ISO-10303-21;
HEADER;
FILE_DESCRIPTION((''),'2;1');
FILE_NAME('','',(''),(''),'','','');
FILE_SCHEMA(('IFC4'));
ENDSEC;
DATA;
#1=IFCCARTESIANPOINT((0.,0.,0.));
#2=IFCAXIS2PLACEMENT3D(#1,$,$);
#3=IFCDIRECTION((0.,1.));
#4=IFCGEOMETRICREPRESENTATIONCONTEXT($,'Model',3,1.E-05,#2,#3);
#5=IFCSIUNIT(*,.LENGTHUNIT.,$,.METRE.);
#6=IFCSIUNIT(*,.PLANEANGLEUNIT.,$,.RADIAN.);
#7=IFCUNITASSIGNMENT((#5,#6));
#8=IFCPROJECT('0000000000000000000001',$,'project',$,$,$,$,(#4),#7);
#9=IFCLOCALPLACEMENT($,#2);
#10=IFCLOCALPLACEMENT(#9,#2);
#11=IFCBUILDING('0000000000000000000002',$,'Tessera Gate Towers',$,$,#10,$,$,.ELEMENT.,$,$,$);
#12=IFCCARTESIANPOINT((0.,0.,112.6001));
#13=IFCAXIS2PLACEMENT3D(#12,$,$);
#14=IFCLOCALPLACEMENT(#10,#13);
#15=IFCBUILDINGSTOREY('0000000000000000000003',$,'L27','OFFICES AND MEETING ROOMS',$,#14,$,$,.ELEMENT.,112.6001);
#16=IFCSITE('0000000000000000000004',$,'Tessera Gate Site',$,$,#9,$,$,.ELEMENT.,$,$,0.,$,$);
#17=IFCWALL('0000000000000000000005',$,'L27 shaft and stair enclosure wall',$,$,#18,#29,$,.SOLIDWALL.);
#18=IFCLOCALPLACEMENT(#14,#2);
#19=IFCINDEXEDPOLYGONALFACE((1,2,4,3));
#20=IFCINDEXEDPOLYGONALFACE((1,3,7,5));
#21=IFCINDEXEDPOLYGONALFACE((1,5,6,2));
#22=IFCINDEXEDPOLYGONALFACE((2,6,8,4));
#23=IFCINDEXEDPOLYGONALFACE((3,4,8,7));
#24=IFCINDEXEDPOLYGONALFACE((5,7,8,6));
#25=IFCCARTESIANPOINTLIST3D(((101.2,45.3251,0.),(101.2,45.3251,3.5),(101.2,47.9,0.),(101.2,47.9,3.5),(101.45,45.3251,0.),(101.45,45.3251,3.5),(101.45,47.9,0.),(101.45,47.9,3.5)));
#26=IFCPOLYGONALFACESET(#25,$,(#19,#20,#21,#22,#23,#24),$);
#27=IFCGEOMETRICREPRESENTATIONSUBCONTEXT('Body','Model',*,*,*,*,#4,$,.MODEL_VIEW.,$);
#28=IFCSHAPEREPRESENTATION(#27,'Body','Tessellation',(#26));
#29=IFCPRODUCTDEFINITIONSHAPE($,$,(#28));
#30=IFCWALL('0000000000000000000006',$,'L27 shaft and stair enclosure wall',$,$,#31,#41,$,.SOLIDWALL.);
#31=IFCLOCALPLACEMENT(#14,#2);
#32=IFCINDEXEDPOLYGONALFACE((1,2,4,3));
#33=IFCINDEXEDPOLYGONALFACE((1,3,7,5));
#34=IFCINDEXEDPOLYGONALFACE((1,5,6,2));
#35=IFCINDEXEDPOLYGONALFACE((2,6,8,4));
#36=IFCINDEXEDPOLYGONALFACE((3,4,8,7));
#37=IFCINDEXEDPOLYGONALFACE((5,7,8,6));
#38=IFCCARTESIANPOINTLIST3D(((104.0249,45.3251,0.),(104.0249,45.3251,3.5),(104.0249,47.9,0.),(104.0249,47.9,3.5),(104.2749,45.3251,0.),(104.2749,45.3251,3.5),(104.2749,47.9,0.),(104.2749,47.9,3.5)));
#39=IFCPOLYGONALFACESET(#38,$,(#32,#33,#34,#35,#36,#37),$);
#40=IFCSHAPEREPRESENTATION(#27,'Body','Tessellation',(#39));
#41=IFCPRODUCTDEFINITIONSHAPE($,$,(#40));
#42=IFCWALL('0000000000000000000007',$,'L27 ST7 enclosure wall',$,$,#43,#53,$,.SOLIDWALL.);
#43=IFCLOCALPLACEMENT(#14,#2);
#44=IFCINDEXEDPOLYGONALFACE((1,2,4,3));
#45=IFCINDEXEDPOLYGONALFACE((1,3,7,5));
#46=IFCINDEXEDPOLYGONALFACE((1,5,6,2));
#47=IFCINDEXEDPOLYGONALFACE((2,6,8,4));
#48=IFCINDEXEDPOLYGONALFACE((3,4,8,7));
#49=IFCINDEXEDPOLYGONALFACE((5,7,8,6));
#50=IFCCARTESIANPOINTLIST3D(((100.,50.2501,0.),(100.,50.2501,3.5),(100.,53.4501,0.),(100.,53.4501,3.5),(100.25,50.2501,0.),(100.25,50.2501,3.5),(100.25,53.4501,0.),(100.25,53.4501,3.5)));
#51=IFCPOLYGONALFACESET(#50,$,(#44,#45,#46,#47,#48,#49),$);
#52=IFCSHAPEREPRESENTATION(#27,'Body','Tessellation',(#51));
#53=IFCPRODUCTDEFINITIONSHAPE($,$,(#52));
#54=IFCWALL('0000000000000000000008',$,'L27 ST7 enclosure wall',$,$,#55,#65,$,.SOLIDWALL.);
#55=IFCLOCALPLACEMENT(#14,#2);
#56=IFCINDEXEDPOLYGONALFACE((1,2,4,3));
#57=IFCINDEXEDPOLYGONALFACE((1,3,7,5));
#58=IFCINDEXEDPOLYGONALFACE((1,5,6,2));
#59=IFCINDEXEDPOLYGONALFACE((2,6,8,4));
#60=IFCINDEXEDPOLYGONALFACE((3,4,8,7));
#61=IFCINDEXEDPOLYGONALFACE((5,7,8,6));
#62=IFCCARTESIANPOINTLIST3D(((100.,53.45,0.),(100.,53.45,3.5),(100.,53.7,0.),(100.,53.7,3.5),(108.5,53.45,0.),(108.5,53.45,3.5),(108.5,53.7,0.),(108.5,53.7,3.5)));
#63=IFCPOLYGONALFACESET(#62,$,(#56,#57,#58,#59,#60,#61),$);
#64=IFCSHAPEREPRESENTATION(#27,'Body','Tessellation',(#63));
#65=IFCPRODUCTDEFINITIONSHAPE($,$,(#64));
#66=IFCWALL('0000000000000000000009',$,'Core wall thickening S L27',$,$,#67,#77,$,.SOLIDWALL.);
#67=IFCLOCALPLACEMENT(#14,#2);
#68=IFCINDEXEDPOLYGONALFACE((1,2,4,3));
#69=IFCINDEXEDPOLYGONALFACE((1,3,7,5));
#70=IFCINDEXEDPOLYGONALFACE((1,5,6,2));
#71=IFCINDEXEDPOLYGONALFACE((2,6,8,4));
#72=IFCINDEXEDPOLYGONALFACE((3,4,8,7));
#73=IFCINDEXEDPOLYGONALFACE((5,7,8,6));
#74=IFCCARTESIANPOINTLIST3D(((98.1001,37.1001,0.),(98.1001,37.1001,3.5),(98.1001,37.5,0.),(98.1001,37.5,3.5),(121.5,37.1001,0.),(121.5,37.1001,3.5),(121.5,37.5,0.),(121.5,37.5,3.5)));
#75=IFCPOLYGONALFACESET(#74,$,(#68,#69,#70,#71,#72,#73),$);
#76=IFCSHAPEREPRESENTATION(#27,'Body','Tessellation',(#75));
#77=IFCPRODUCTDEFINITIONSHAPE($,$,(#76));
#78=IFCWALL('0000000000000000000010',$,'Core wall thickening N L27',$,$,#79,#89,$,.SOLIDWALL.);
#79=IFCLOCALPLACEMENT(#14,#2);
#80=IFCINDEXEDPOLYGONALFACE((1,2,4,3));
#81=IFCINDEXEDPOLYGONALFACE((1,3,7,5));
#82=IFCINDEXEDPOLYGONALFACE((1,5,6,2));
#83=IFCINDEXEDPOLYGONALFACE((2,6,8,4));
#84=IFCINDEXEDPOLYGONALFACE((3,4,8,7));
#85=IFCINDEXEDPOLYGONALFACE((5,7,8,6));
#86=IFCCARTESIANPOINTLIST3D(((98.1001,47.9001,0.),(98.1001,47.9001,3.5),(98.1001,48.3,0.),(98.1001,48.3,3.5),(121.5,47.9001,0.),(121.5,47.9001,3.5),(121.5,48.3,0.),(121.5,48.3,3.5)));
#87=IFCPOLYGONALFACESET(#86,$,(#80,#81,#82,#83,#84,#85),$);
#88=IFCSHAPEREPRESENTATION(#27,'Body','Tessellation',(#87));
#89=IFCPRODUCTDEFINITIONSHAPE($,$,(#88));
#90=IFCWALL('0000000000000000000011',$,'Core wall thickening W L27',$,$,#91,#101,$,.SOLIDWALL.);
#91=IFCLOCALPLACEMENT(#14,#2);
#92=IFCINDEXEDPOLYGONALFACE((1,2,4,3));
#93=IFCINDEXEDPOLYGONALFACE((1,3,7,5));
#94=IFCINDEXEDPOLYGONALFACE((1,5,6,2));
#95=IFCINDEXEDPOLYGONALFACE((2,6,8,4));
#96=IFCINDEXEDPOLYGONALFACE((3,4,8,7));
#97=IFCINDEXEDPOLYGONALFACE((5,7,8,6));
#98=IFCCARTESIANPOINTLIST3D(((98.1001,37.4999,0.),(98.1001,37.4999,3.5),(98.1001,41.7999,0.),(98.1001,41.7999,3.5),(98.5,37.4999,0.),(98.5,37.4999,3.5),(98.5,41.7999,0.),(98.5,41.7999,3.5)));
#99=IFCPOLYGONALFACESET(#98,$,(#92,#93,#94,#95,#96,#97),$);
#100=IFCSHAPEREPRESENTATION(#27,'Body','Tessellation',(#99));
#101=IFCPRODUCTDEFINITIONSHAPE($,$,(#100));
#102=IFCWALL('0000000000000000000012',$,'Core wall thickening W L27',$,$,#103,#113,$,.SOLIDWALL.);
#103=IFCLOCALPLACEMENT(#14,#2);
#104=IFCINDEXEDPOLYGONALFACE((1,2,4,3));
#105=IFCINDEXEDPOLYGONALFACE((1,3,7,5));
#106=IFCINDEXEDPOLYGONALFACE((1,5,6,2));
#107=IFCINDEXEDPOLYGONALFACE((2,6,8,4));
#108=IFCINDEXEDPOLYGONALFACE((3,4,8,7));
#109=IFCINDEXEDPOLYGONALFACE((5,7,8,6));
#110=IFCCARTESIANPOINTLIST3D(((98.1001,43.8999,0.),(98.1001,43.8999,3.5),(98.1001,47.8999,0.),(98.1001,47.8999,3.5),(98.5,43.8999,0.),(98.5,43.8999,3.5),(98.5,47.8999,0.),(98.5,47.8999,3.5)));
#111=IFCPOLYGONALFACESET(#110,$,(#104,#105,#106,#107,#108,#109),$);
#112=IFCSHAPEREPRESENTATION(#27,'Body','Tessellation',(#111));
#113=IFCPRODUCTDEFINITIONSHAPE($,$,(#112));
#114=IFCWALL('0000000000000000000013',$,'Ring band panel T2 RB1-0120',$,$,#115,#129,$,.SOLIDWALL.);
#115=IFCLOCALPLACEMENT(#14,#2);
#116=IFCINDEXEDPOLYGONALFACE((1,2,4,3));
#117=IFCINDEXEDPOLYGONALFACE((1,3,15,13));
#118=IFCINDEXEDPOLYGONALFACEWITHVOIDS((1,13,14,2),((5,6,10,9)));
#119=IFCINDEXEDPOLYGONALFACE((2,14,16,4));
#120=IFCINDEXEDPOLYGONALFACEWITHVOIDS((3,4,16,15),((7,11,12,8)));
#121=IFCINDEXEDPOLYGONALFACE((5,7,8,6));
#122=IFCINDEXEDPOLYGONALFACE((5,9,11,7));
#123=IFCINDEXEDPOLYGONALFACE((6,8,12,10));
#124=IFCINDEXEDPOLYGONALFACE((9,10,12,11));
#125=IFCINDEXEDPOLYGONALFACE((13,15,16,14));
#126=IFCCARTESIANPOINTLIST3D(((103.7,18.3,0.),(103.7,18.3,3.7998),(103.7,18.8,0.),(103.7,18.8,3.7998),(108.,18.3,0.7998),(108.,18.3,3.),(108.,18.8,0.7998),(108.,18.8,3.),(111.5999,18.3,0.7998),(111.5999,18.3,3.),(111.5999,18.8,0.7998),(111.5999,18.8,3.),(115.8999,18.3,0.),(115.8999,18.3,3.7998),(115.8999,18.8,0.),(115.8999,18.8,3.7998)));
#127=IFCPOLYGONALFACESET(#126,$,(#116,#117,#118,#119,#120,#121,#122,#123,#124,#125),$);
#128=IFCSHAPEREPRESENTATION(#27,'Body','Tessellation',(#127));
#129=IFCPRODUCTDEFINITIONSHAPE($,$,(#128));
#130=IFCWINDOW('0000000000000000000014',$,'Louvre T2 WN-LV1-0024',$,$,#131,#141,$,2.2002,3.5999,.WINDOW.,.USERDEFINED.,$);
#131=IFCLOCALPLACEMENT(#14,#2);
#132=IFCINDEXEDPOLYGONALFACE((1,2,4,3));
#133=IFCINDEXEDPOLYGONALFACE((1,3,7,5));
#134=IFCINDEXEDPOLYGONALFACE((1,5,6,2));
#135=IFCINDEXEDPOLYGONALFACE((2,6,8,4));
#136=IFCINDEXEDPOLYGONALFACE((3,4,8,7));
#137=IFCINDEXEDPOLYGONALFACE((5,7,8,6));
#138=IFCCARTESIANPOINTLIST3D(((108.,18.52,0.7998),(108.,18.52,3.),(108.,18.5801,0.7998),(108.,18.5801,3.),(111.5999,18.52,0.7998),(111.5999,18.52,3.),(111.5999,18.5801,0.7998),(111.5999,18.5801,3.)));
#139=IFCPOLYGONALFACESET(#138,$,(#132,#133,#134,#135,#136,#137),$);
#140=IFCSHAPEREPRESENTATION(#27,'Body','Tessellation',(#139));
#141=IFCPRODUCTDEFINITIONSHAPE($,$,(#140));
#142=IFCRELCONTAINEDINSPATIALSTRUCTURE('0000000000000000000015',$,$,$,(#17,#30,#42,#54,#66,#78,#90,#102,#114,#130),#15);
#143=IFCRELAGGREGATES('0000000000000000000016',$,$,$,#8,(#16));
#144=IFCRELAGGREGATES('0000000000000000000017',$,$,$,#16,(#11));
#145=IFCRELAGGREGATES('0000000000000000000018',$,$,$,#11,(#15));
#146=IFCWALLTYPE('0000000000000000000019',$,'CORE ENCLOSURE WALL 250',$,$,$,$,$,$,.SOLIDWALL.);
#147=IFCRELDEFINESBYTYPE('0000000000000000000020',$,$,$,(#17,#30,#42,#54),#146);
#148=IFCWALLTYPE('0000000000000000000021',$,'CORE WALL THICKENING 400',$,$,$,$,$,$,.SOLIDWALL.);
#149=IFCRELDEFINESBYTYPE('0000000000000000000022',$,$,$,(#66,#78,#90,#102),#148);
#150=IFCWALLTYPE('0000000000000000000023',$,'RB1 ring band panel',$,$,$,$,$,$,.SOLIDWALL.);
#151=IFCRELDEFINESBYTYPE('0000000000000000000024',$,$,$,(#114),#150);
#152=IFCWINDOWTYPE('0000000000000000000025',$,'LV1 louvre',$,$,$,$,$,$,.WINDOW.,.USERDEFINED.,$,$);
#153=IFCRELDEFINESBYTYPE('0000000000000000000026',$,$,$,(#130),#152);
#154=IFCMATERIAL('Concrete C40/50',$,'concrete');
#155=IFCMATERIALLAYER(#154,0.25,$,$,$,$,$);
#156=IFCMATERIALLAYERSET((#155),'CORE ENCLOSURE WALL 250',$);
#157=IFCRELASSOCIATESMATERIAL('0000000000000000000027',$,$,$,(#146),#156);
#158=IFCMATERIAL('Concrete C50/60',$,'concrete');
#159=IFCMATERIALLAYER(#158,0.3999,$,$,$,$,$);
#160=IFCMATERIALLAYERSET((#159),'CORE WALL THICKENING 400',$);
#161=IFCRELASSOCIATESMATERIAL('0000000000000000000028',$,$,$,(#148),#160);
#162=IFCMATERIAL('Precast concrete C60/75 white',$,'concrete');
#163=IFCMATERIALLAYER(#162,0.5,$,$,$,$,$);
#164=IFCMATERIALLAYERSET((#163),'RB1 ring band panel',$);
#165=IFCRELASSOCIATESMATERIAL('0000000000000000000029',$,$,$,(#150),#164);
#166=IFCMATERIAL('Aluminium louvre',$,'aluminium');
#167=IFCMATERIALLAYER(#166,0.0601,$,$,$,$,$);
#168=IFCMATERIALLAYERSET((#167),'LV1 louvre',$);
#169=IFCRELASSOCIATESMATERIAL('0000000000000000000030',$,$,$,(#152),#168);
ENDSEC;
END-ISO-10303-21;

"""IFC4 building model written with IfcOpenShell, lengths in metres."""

from ifc_helpers import new_model, si_unit, direction, frame, frame_2d, origin, place, context, subcontext, project, spatial, polyline, rectangle, outline, extrude, source, transform, mapped, material, layer, layer_set, type_object, element, fill, save


model = new_model("IFC4")

# Units and contexts
model_context = context("Model", 3, precision=1e-05, world=origin(), true_north=direction((0.0, 1.0)))
body_context = subcontext(model_context, "Body", "Model", "MODEL_VIEW")
ifc_project = project(units=[si_unit("LENGTHUNIT", "METRE"), si_unit("PLANEANGLEUNIT", "RADIAN")], contexts=[model_context])

# Site, building, storey
site_placement = place(None, origin())
site = spatial("IfcSite", under=ifc_project, at=site_placement, Name="Tessera Gate Site", CompositionType="ELEMENT", RefElevation=0.0)
building_placement = place(site_placement, origin())
building = spatial("IfcBuilding", under=site, at=building_placement, Name="Tessera Gate Towers", CompositionType="ELEMENT")
storey_placement = place(building_placement, frame((0.0, 0.0, 112.6001)))
storey = spatial("IfcBuildingStorey", under=building, at=storey_placement, Name="L27", Description="OFFICES AND MEETING ROOMS", CompositionType="ELEMENT", Elevation=112.6001)

# Shared definitions
ifc_material_1 = material(Name="Concrete C40/50", Category="concrete")
ifc_layer_1 = layer(ifc_material_1, 0.25)
ifc_layer_set_1 = layer_set([ifc_layer_1], Name="CORE ENCLOSURE WALL 250")
wall_type_1 = type_object("IfcWallType", Name="CORE ENCLOSURE WALL 250", PredefinedType="SOLIDWALL", material=ifc_layer_set_1)

# Walls
for number, where, z_axis, x_axis, name in (
    (1, (101.325, 45.325, 0.0), (0.0, 0.0, 1.0), (0.0, 1.0, 0.0), "L27 shaft and stair enclosure wall"),
    (2, (104.1499, 45.325, 0.0), (0.0, 0.0, 1.0), (0.0, 1.0, 0.0), "L27 shaft and stair enclosure wall"),
):
    element("IfcWall", number, at=place(storey_placement, frame(where, z_axis=z_axis, x_axis=x_axis)), inside=storey, type_object=wall_type_1, Name=name, PredefinedType="SOLIDWALL", context=body_context, shape_type="SweptSolid", body=[
        extrude(rectangle(XDim=2.575, YDim=0.25, at=frame_2d((1.2876, 0.0))), origin(), (0.0, 0.0, 1.0), 3.5),
    ])
wall_1_placement = place(storey_placement, frame((100.125, 50.25, 0.0), z_axis=(0.0, 0.0, 1.0), x_axis=(0.0, 1.0, 0.0)))
element("IfcWall", 3, at=wall_1_placement, inside=storey, type_object=wall_type_1, Name="L27 ST7 enclosure wall", PredefinedType="SOLIDWALL", context=body_context, shape_type="SweptSolid", body=[
    extrude(rectangle(XDim=3.2, YDim=0.25, at=frame_2d((1.6001, 0.0))), origin(), (0.0, 0.0, 1.0), 3.5),
])
wall_2_placement = place(storey_placement, frame((100.0, 53.575, 0.0), z_axis=(0.0, 0.0, 1.0), x_axis=(1.0, 0.0, 0.0)))
element("IfcWall", 4, at=wall_2_placement, inside=storey, type_object=wall_type_1, Name="L27 ST7 enclosure wall", PredefinedType="SOLIDWALL", context=body_context, shape_type="SweptSolid", body=[
    extrude(rectangle(XDim=8.5, YDim=0.25, at=frame_2d((4.25, 0.0))), origin(), (0.0, 0.0, 1.0), 3.5),
])

# Walls
ifc_material_2 = material(Name="Concrete C50/60", Category="concrete")
ifc_layer_2 = layer(ifc_material_2, 0.3999)
ifc_layer_set_2 = layer_set([ifc_layer_2], Name="CORE WALL THICKENING 400")
wall_type_2 = type_object("IfcWallType", Name="CORE WALL THICKENING 400", PredefinedType="SOLIDWALL", material=ifc_layer_set_2)
for number, where, z_axis, x_axis, name in (
    (5, (98.1001, 37.3, 0.0), (0.0, 0.0, 1.0), (1.0, 0.0, 0.0), "Core wall thickening S L27"),
    (6, (98.1001, 48.1001, 0.0), (0.0, 0.0, 1.0), (1.0, 0.0, 0.0), "Core wall thickening N L27"),
):
    element("IfcWall", number, at=place(storey_placement, frame(where, z_axis=z_axis, x_axis=x_axis)), inside=storey, type_object=wall_type_2, Name=name, PredefinedType="SOLIDWALL", context=body_context, shape_type="SweptSolid", body=[
        extrude(rectangle(XDim=23.3999, YDim=0.3999, at=frame_2d((11.7, 0.0))), origin(), (0.0, 0.0, 1.0), 3.5),
    ])
wall_3_placement = place(storey_placement, frame((98.3, 37.5, 0.0), z_axis=(0.0, 0.0, 1.0), x_axis=(0.0, 1.0, 0.0)))
element("IfcWall", 7, at=wall_3_placement, inside=storey, type_object=wall_type_2, Name="Core wall thickening W L27", PredefinedType="SOLIDWALL", context=body_context, shape_type="SweptSolid", body=[
    extrude(rectangle(XDim=4.3, YDim=0.3999, at=frame_2d((2.1499, 0.0))), origin(), (0.0, 0.0, 1.0), 3.5),
])
wall_4_placement = place(storey_placement, frame((98.3, 43.8999, 0.0), z_axis=(0.0, 0.0, 1.0), x_axis=(0.0, 1.0, 0.0)))
element("IfcWall", 8, at=wall_4_placement, inside=storey, type_object=wall_type_2, Name="Core wall thickening W L27", PredefinedType="SOLIDWALL", context=body_context, shape_type="SweptSolid", body=[
    extrude(rectangle(XDim=4.0, YDim=0.3999, at=frame_2d((2.0, 0.0))), origin(), (0.0, 0.0, 1.0), 3.5),
])

# Wall, opening, window
ifc_material_3 = material(Name="Precast concrete C60/75 white", Category="concrete")
ifc_layer_3 = layer(ifc_material_3, 0.5)
ifc_layer_set_3 = layer_set([ifc_layer_3], Name="RB1 ring band panel")
wall_type_3 = type_object("IfcWallType", Name="RB1 ring band panel", PredefinedType="SOLIDWALL", material=ifc_layer_set_3)
shared_shape_1 = source(origin(), body_context, "Body", "SweptSolid", [
    extrude(outline(polyline([(0.0, 0.0), (12.2, 0.0), (12.2, 3.7998), (0.0, 3.7998), (0.0, 0.0)])), frame((0.0, 0.25, 0.0), z_axis=(0.0, -1.0, 0.0), x_axis=(1.0, 0.0, 0.0)), (0.0, 0.0, 1.0), 0.5),
])
wall_5_placement = place(storey_placement, frame((103.7, 18.55, 0.0), z_axis=(0.0, 0.0, 1.0), x_axis=(1.0, 0.0, 0.0)))
wall_5 = element("IfcWall", 9, at=wall_5_placement, inside=storey, type_object=wall_type_3, Name="Ring band panel T2 RB1-0120", PredefinedType="SOLIDWALL", context=body_context, shape_type="MappedRepresentation", body=[
    mapped(shared_shape_1, transform((0.0, 0.0, 0.0), scale=1.0)),
])
shared_shape_2 = source(origin(), body_context, "Body", "SweptSolid", [
    extrude(outline(polyline([(4.3, 0.7998), (7.8999, 0.7998), (7.8999, 3.0), (4.3, 3.0), (4.3, 0.7998)])), frame((0.0, 0.26, 0.0), z_axis=(0.0, -1.0, 0.0), x_axis=(1.0, 0.0, 0.0)), (0.0, 0.0, 1.0), 0.52),
])
opening_1_placement = place(wall_5_placement, origin())
opening_1 = element("IfcOpeningElement", 10, at=opening_1_placement, cuts=wall_5, PredefinedType="OPENING", context=body_context, shape_type="MappedRepresentation", body=[
    mapped(shared_shape_2, transform((0.0, 0.0, 0.0), scale=1.0)),
])
ifc_material_4 = material(Name="Aluminium louvre", Category="aluminium")
ifc_layer_4 = layer(ifc_material_4, 0.0601)
ifc_layer_set_4 = layer_set([ifc_layer_4], Name="LV1 louvre")
window_type = type_object("IfcWindowType", Name="LV1 louvre", PartitioningType="USERDEFINED", PredefinedType="WINDOW", material=ifc_layer_set_4)
shared_shape_3 = source(origin(), body_context, "Body", "SweptSolid", [
    extrude(outline(polyline([(4.3, 0.7998), (7.8999, 0.7998), (7.8999, 3.0), (4.3, 3.0), (4.3, 0.7998)])), frame((0.0, 0.03, 0.0), z_axis=(0.0, -1.0, 0.0), x_axis=(1.0, 0.0, 0.0)), (0.0, 0.0, 1.0), 0.0601),
])
window_placement = place(opening_1_placement, origin())
window = element("IfcWindow", 11, at=window_placement, inside=storey, type_object=window_type, Name="Louvre T2 WN-LV1-0024", OverallHeight=2.2002, OverallWidth=3.5999, PartitioningType="USERDEFINED", PredefinedType="WINDOW", context=body_context, shape_type="MappedRepresentation", body=[
    mapped(shared_shape_3, transform((0.0, 0.0, 0.0), scale=1.0)),
])
fill(opening_1, window)

save(model, "model.ifc")
